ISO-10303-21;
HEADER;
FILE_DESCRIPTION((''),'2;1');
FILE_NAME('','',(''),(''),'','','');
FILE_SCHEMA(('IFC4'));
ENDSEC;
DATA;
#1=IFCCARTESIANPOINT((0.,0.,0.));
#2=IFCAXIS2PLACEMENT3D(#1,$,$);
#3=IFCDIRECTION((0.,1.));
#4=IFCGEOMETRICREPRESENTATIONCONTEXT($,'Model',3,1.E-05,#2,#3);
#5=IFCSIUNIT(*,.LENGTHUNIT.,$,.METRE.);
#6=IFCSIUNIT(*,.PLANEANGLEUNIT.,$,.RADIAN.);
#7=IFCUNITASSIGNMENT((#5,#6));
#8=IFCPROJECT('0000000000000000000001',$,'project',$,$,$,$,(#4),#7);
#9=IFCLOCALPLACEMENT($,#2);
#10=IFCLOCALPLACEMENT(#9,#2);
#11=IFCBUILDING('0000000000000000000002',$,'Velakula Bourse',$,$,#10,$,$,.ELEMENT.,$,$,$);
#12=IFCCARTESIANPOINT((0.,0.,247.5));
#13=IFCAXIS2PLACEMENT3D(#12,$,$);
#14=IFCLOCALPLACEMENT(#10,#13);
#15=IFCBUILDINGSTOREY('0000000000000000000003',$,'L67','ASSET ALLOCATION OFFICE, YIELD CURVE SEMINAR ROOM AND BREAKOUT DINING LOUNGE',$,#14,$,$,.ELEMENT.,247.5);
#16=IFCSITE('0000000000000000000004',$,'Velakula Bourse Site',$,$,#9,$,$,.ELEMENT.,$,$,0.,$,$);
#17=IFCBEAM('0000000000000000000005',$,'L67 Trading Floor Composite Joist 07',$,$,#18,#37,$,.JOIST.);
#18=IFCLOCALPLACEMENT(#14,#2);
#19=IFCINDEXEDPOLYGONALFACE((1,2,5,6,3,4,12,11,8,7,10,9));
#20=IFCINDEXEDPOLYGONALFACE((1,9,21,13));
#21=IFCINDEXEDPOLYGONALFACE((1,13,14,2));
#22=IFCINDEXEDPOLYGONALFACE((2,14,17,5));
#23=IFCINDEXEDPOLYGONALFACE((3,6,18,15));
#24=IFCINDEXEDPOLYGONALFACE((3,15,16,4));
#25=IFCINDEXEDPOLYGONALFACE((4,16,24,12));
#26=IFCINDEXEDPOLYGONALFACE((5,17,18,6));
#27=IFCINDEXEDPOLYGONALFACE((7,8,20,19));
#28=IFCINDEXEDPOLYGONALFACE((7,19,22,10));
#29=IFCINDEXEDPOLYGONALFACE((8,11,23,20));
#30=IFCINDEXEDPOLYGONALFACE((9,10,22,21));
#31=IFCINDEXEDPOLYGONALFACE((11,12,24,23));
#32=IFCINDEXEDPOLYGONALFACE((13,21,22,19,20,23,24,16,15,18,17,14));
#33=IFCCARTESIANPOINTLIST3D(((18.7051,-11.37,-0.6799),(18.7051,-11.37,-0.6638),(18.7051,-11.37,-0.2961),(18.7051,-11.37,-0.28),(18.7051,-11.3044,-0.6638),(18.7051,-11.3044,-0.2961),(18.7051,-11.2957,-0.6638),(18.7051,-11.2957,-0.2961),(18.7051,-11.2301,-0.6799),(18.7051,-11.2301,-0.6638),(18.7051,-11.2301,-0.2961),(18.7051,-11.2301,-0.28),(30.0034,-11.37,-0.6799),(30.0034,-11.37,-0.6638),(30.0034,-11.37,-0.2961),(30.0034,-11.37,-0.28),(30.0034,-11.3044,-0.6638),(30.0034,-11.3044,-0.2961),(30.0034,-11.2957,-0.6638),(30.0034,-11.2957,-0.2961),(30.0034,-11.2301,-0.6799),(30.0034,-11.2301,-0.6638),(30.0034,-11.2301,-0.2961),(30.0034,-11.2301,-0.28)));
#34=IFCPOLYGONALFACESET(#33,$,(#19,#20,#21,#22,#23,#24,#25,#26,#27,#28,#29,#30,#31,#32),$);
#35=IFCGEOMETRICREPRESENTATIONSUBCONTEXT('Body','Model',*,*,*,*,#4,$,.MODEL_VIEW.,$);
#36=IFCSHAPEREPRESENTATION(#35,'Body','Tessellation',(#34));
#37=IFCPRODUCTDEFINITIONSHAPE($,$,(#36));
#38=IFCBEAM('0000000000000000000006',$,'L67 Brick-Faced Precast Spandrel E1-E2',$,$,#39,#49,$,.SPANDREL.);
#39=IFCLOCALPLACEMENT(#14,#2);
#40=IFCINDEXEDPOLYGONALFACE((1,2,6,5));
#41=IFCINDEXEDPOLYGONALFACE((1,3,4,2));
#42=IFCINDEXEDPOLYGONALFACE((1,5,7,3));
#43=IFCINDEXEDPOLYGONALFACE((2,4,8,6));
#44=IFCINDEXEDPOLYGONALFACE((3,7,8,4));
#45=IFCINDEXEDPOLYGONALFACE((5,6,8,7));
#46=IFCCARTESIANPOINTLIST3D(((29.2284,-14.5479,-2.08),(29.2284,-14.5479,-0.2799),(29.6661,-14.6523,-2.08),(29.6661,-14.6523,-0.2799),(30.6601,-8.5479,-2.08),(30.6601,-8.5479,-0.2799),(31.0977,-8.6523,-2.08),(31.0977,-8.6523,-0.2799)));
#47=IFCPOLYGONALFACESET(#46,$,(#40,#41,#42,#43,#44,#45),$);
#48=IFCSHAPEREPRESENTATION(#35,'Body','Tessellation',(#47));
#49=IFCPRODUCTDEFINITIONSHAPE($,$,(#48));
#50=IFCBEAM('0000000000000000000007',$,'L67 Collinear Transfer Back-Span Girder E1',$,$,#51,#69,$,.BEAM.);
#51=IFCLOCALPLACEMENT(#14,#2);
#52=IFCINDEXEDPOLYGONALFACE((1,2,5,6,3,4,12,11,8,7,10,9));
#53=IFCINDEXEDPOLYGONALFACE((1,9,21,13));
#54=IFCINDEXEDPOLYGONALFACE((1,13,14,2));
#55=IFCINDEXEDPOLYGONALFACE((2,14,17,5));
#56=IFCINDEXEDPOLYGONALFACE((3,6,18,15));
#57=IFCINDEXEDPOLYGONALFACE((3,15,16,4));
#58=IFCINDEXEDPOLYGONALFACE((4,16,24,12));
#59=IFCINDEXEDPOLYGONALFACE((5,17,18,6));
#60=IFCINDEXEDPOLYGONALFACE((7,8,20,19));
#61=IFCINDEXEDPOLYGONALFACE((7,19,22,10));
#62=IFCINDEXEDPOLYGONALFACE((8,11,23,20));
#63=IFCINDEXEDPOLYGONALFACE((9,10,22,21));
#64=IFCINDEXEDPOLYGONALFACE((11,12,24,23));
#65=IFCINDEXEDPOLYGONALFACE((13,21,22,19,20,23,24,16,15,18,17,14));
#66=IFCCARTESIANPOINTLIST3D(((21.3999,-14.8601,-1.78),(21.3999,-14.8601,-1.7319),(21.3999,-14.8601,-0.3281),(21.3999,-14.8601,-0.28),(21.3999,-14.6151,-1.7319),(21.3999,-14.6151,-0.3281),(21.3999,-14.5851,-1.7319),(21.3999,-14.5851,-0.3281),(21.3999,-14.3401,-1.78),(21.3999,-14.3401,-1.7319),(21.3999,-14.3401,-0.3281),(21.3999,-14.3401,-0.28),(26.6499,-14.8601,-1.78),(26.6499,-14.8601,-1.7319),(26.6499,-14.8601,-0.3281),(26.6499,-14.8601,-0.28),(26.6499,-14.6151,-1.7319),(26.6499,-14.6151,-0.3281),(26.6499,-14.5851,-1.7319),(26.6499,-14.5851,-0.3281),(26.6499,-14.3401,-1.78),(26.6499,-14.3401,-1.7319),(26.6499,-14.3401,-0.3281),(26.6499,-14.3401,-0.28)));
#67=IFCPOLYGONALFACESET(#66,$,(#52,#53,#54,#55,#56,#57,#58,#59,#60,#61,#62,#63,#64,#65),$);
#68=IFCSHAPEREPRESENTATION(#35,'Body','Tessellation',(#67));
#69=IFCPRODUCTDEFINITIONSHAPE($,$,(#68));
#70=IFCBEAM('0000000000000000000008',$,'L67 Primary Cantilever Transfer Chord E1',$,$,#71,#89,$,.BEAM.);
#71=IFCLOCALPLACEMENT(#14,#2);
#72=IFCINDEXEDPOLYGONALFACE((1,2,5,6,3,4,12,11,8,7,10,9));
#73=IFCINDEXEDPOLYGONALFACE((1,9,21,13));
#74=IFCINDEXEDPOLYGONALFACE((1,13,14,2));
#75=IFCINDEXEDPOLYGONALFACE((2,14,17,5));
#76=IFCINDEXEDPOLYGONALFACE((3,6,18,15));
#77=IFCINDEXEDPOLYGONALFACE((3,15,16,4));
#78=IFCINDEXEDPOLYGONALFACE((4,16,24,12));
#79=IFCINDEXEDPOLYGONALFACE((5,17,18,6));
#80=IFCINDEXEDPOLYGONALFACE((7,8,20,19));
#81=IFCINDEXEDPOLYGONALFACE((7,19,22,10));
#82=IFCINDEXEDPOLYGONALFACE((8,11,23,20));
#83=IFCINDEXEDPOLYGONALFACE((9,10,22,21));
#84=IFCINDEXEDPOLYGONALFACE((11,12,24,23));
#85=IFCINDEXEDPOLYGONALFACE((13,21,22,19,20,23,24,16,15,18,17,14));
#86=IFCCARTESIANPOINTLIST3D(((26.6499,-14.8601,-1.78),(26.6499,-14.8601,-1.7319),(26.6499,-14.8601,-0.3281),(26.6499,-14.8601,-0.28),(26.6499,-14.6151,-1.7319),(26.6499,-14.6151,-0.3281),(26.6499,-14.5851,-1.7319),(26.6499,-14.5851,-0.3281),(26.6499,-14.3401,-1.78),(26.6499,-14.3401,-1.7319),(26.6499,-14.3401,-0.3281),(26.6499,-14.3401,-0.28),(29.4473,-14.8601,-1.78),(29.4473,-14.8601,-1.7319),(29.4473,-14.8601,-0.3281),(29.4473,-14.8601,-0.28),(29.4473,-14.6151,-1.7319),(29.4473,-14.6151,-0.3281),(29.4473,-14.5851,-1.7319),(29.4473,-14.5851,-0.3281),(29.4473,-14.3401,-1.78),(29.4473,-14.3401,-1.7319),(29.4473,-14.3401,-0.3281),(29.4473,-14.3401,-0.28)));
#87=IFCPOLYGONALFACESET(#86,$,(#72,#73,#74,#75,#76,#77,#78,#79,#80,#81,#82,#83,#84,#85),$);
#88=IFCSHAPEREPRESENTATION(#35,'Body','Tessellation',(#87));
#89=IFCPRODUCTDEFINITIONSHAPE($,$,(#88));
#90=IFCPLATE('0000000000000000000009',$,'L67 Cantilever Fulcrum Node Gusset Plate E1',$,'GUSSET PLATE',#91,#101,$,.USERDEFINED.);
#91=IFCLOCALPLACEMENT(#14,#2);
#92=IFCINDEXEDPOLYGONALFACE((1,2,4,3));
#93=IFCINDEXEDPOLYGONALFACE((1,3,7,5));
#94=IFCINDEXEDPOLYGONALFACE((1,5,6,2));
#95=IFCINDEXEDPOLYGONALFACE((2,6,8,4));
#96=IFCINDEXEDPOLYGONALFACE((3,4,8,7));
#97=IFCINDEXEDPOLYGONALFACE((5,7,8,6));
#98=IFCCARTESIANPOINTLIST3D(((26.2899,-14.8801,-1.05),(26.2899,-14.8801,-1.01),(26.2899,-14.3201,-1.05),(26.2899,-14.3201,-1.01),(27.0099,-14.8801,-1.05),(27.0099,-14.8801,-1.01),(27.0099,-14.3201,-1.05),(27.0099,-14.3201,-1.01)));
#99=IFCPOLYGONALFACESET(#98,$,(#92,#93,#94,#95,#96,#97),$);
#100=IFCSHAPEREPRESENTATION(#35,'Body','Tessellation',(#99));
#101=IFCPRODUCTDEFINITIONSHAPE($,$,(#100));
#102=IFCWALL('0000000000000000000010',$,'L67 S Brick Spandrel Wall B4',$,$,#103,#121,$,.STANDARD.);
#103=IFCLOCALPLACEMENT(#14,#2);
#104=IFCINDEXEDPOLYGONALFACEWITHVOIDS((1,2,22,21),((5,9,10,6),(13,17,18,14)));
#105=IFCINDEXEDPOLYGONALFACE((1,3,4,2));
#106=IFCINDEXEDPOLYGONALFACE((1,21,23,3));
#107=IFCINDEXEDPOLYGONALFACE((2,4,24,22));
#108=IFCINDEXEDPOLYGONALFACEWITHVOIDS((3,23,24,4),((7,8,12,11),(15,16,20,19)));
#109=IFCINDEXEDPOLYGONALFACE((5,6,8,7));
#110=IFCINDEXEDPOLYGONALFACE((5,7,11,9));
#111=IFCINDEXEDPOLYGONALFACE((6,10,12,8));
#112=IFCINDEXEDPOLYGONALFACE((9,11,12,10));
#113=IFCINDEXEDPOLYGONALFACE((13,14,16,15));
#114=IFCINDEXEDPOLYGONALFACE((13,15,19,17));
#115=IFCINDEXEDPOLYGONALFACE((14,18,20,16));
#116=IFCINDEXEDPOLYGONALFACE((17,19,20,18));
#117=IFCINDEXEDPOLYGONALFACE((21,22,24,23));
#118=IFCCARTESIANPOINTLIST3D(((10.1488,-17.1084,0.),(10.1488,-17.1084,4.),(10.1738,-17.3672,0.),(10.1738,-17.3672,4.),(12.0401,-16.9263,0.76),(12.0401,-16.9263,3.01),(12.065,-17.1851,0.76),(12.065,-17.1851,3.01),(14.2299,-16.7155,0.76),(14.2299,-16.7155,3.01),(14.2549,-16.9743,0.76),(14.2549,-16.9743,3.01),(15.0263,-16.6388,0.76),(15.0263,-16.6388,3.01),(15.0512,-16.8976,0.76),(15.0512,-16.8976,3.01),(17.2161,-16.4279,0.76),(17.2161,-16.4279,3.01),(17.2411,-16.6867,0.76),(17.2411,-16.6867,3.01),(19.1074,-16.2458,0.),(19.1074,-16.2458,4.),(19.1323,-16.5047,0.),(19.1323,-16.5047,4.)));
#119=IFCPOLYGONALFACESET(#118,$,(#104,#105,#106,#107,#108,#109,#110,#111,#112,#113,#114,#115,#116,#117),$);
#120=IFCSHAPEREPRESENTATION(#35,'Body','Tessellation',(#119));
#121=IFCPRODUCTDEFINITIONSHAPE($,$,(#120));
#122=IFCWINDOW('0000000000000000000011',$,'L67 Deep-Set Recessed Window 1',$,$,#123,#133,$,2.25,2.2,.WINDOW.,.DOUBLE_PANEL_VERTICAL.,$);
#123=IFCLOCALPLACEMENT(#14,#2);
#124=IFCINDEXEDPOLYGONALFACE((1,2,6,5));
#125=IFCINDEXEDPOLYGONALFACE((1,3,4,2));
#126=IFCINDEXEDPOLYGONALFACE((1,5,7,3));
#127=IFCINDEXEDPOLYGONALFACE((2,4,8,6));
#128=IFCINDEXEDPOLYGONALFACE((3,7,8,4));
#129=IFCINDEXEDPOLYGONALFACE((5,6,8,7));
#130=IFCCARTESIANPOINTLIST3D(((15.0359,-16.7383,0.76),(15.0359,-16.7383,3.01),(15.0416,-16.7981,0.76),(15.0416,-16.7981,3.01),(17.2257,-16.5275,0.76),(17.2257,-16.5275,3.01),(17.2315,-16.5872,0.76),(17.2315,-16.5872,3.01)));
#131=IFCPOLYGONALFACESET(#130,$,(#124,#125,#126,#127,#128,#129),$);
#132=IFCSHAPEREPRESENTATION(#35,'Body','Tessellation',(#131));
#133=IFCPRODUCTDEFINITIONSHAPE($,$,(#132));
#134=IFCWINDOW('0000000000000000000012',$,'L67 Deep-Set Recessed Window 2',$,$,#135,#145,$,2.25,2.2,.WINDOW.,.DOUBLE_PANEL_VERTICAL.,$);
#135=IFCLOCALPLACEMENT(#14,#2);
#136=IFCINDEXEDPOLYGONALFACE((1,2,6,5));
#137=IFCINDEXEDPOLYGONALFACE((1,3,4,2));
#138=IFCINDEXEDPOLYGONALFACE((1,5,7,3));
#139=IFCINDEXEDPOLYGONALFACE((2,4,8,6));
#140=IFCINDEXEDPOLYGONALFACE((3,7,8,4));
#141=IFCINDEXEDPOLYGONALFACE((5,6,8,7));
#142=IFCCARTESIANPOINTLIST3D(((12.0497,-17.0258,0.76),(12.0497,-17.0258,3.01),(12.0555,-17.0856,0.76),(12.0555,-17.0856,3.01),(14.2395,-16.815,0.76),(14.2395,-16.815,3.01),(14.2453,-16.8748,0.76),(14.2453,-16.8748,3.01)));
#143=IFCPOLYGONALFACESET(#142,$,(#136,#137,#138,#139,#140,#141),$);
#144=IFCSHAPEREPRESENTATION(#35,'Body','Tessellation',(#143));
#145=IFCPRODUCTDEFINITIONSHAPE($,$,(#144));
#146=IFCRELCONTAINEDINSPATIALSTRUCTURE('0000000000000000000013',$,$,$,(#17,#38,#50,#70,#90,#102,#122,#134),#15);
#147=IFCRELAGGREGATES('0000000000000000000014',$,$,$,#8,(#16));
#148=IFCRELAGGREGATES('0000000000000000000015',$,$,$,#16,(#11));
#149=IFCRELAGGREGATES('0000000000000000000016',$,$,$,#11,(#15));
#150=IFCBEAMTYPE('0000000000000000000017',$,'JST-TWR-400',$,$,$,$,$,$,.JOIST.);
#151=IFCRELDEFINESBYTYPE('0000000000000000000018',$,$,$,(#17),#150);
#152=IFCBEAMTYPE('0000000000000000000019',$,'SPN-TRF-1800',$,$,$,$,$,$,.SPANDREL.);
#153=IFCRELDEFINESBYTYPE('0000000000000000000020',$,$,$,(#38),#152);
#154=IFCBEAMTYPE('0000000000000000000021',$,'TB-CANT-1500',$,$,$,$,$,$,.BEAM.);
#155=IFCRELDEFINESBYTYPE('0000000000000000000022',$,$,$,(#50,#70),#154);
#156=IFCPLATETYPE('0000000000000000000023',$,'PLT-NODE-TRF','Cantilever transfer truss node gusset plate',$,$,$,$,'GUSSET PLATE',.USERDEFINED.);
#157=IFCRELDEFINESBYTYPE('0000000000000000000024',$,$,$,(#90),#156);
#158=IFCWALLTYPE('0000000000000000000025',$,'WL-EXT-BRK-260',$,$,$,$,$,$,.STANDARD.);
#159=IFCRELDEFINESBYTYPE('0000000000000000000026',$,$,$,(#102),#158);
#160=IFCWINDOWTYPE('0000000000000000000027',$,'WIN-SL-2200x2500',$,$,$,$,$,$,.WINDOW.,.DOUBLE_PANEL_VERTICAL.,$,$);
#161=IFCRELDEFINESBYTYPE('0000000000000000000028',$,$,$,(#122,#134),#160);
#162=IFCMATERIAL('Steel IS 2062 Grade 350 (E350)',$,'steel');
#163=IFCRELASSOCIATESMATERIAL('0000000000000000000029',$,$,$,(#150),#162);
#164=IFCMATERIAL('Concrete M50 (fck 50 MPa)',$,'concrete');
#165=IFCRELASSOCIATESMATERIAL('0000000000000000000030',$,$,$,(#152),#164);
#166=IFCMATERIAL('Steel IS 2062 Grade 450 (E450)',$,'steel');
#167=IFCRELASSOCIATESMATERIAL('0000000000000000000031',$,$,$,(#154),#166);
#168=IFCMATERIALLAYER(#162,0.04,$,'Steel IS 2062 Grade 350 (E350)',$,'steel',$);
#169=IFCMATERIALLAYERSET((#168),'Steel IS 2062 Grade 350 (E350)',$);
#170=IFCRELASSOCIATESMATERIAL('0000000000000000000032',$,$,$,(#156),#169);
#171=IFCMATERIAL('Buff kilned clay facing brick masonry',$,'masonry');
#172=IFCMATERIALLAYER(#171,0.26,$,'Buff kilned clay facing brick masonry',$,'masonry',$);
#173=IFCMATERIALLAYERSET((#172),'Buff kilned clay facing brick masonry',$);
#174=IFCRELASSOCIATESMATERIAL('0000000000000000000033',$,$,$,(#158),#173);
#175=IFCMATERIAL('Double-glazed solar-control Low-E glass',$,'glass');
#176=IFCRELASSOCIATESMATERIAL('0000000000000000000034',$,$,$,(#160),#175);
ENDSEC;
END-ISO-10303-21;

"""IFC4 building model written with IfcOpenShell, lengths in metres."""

from ifc_helpers import new_model, si_unit, direction, frame, frame_2d, origin, origin_2d, place, context, subcontext, project, spatial, rectangle, i_section, extrude, material, layer, layer_set, material_profile, profile_set, type_object, element, fill, save


model = new_model("IFC4")

# Units and contexts
model_context = context("Model", 3, precision=1e-05, world=origin(), true_north=direction((0.0, 1.0)))
body_context = subcontext(model_context, "Body", "Model", "MODEL_VIEW")
ifc_project = project(units=[si_unit("LENGTHUNIT", "METRE"), si_unit("PLANEANGLEUNIT", "RADIAN")], contexts=[model_context])

# Site, building, storey
site_placement = place(None, origin())
site = spatial("IfcSite", under=ifc_project, at=site_placement, Name="Velakula Bourse Site", CompositionType="ELEMENT", RefElevation=0.0)
building_placement = place(site_placement, origin())
building = spatial("IfcBuilding", under=site, at=building_placement, Name="Velakula Bourse", CompositionType="ELEMENT")
storey_placement = place(building_placement, frame((0.0, 0.0, 247.5)))
storey = spatial("IfcBuildingStorey", under=building, at=storey_placement, Name="L67", Description="ASSET ALLOCATION OFFICE, YIELD CURVE SEMINAR ROOM AND BREAKOUT DINING LOUNGE", CompositionType="ELEMENT", Elevation=247.5)

# Shared definitions
ifc_material_1 = material(Name="Steel IS 2062 Grade 350 (E350)", Category="steel")

# Beams
ifc_material_profile_1 = material_profile(ifc_material_1, i_section(OverallWidth=0.1399, OverallDepth=0.3999, WebThickness=0.0088, FlangeThickness=0.0161, at=origin_2d()), Name="Steel IS 2062 Grade 350 (E350)")
ifc_profile_set_1 = profile_set([ifc_material_profile_1], Name="Steel IS 2062 Grade 350 (E350)")
beam_type_1 = type_object("IfcBeamType", Name="JST-TWR-400", PredefinedType="JOIST", material=ifc_profile_set_1)
beam_1_placement = place(storey_placement, frame((18.7051, -11.3, -0.48), z_axis=(1.0, 0.0, 0.0), x_axis=(0.0, 1.0, 0.0)))
element("IfcBeam", 1, at=beam_1_placement, inside=storey, type_object=beam_type_1, Name="L67 Trading Floor Composite Joist 07", PredefinedType="JOIST", context=body_context, shape_type="SweptSolid", body=[
    extrude(i_section(OverallWidth=0.1399, OverallDepth=0.3999, WebThickness=0.0088, FlangeThickness=0.0161, at=origin_2d()), origin(), (0.0, 0.0, 1.0), 11.2983),
])
ifc_material_2 = material(Name="Concrete M50 (fck 50 MPa)", Category="concrete")
ifc_material_profile_2 = material_profile(ifc_material_2, rectangle(XDim=0.45, YDim=1.8, at=origin_2d()), Name="Concrete M50 (fck 50 MPa)")
ifc_profile_set_2 = profile_set([ifc_material_profile_2], Name="Concrete M50 (fck 50 MPa)")
beam_type_2 = type_object("IfcBeamType", Name="SPN-TRF-1800", PredefinedType="SPANDREL", material=ifc_profile_set_2)
beam_2_placement = place(storey_placement, frame((29.4473, -14.6001, -1.1799), z_axis=(0.232091, 0.972694, 0.0), x_axis=(-0.972694, 0.232091, 0.0)))
element("IfcBeam", 2, at=beam_2_placement, inside=storey, type_object=beam_type_2, Name="L67 Brick-Faced Precast Spandrel E1-E2", PredefinedType="SPANDREL", context=body_context, shape_type="SweptSolid", body=[
    extrude(rectangle(XDim=0.45, YDim=1.8, at=origin_2d()), origin(), (0.0, 0.0, 1.0), 6.1685),
])
ifc_material_3 = material(Name="Steel IS 2062 Grade 450 (E450)", Category="steel")
ifc_material_profile_3 = material_profile(ifc_material_3, i_section(OverallWidth=0.52, OverallDepth=1.5, WebThickness=0.03, FlangeThickness=0.0481, at=origin_2d()), Name="Steel IS 2062 Grade 450 (E450)")
ifc_profile_set_3 = profile_set([ifc_material_profile_3], Name="Steel IS 2062 Grade 450 (E450)")
beam_type_3 = type_object("IfcBeamType", Name="TB-CANT-1500", PredefinedType="BEAM", material=ifc_profile_set_3)
beam_3_placement = place(storey_placement, frame((21.3999, -14.6001, -1.03), z_axis=(1.0, 0.0, 0.0), x_axis=(0.0, 1.0, 0.0)))
element("IfcBeam", 3, at=beam_3_placement, inside=storey, type_object=beam_type_3, Name="L67 Collinear Transfer Back-Span Girder E1", PredefinedType="BEAM", context=body_context, shape_type="SweptSolid", body=[
    extrude(i_section(OverallWidth=0.52, OverallDepth=1.5, WebThickness=0.03, FlangeThickness=0.0481, at=origin_2d()), origin(), (0.0, 0.0, 1.0), 5.25),
])
beam_4_placement = place(storey_placement, frame((26.6499, -14.6001, -1.03), z_axis=(1.0, 0.0, 0.0), x_axis=(0.0, 1.0, 0.0)))
element("IfcBeam", 4, at=beam_4_placement, inside=storey, type_object=beam_type_3, Name="L67 Primary Cantilever Transfer Chord E1", PredefinedType="BEAM", context=body_context, shape_type="SweptSolid", body=[
    extrude(i_section(OverallWidth=0.52, OverallDepth=1.5, WebThickness=0.03, FlangeThickness=0.0481, at=origin_2d()), origin(), (0.0, 0.0, 1.0), 2.7974),
])

# Plate
ifc_layer_1 = layer(ifc_material_1, 0.04, Name="Steel IS 2062 Grade 350 (E350)", Category="steel")
ifc_layer_set_1 = layer_set([ifc_layer_1], Name="Steel IS 2062 Grade 350 (E350)")
plate_type = type_object("IfcPlateType", Name="PLT-NODE-TRF", Description="Cantilever transfer truss node gusset plate", ElementType="GUSSET PLATE", PredefinedType="USERDEFINED", material=ifc_layer_set_1)
plate_placement = place(storey_placement, frame((26.6499, -14.6001, -1.05), z_axis=(0.0, 0.0, 1.0), x_axis=(1.0, 0.0, 0.0)))
element("IfcPlate", 5, at=plate_placement, inside=storey, type_object=plate_type, Name="L67 Cantilever Fulcrum Node Gusset Plate E1", ObjectType="GUSSET PLATE", PredefinedType="USERDEFINED", context=body_context, shape_type="SweptSolid", body=[
    extrude(rectangle(XDim=0.72, YDim=0.5601, at=origin_2d()), origin(), (0.0, 0.0, 1.0), 0.04),
])

# Wall, openings, windows
ifc_material_4 = material(Name="Buff kilned clay facing brick masonry", Category="masonry")
ifc_layer_2 = layer(ifc_material_4, 0.26, Name="Buff kilned clay facing brick masonry", Category="masonry")
ifc_layer_set_2 = layer_set([ifc_layer_2], Name="Buff kilned clay facing brick masonry")
wall_type = type_object("IfcWallType", Name="WL-EXT-BRK-260", PredefinedType="STANDARD", material=ifc_layer_set_2)
wall_1_placement = place(storey_placement, frame((19.1199, -16.3752, 0.0), z_axis=(0.0, 0.0, 1.0), x_axis=(-0.995397, -0.09584, 0.0)))
wall_1 = element("IfcWall", 6, at=wall_1_placement, inside=storey, type_object=wall_type, Name="L67 S Brick Spandrel Wall B4", PredefinedType="STANDARD", context=body_context, shape_type="SweptSolid", body=[
    extrude(rectangle(XDim=9.0, YDim=0.26, at=frame_2d((4.5, 0.0))), origin(), (0.0, 0.0, 1.0), 4.0),
])
opening_1_placement = place(wall_1_placement, frame((1.8999, 0.0, 0.76)))
opening_1 = element("IfcOpeningElement", 7, at=opening_1_placement, cuts=wall_1, PredefinedType="OPENING", context=body_context, shape_type="SweptSolid", body=[
    extrude(rectangle(XDim=2.2, YDim=2.25, at=frame_2d((1.1001, 1.125))), frame((0.0, 0.1399, 0.0), z_axis=(0.0, -1.0, 0.0), x_axis=(1.0, 0.0, 0.0)), (0.0, 0.0, 1.0), 0.28),
])
opening_2_placement = place(wall_1_placement, frame((4.8999, 0.0, 0.76)))
opening_2 = element("IfcOpeningElement", 8, at=opening_2_placement, cuts=wall_1, PredefinedType="OPENING", context=body_context, shape_type="SweptSolid", body=[
    extrude(rectangle(XDim=2.2, YDim=2.25, at=frame_2d((1.1001, 1.125))), frame((0.0, 0.1399, 0.0), z_axis=(0.0, -1.0, 0.0), x_axis=(1.0, 0.0, 0.0)), (0.0, 0.0, 1.0), 0.28),
])
ifc_material_5 = material(Name="Double-glazed solar-control Low-E glass", Category="glass")
window_type = type_object("IfcWindowType", Name="WIN-SL-2200x2500", PartitioningType="DOUBLE_PANEL_VERTICAL", PredefinedType="WINDOW", material=ifc_material_5)
window_1_placement = place(opening_1_placement, origin())
window_1 = element("IfcWindow", 9, at=window_1_placement, inside=storey, type_object=window_type, Name="L67 Deep-Set Recessed Window 1", OverallHeight=2.25, OverallWidth=2.2, PartitioningType="DOUBLE_PANEL_VERTICAL", PredefinedType="WINDOW", context=body_context, shape_type="SweptSolid", body=[
    extrude(rectangle(XDim=2.2, YDim=2.25, at=frame_2d((1.1001, 1.125))), frame((0.0, 0.03, 0.0), z_axis=(0.0, -1.0, 0.0), x_axis=(1.0, 0.0, 0.0)), (0.0, 0.0, 1.0), 0.0601),
])
fill(opening_1, window_1)
window_2_placement = place(opening_2_placement, origin())
window_2 = element("IfcWindow", 10, at=window_2_placement, inside=storey, type_object=window_type, Name="L67 Deep-Set Recessed Window 2", OverallHeight=2.25, OverallWidth=2.2, PartitioningType="DOUBLE_PANEL_VERTICAL", PredefinedType="WINDOW", context=body_context, shape_type="SweptSolid", body=[
    extrude(rectangle(XDim=2.2, YDim=2.25, at=frame_2d((1.1001, 1.125))), frame((0.0, 0.03, 0.0), z_axis=(0.0, -1.0, 0.0), x_axis=(1.0, 0.0, 0.0)), (0.0, 0.0, 1.0), 0.0601),
])
fill(opening_2, window_2)

save(model, "model.ifc")
